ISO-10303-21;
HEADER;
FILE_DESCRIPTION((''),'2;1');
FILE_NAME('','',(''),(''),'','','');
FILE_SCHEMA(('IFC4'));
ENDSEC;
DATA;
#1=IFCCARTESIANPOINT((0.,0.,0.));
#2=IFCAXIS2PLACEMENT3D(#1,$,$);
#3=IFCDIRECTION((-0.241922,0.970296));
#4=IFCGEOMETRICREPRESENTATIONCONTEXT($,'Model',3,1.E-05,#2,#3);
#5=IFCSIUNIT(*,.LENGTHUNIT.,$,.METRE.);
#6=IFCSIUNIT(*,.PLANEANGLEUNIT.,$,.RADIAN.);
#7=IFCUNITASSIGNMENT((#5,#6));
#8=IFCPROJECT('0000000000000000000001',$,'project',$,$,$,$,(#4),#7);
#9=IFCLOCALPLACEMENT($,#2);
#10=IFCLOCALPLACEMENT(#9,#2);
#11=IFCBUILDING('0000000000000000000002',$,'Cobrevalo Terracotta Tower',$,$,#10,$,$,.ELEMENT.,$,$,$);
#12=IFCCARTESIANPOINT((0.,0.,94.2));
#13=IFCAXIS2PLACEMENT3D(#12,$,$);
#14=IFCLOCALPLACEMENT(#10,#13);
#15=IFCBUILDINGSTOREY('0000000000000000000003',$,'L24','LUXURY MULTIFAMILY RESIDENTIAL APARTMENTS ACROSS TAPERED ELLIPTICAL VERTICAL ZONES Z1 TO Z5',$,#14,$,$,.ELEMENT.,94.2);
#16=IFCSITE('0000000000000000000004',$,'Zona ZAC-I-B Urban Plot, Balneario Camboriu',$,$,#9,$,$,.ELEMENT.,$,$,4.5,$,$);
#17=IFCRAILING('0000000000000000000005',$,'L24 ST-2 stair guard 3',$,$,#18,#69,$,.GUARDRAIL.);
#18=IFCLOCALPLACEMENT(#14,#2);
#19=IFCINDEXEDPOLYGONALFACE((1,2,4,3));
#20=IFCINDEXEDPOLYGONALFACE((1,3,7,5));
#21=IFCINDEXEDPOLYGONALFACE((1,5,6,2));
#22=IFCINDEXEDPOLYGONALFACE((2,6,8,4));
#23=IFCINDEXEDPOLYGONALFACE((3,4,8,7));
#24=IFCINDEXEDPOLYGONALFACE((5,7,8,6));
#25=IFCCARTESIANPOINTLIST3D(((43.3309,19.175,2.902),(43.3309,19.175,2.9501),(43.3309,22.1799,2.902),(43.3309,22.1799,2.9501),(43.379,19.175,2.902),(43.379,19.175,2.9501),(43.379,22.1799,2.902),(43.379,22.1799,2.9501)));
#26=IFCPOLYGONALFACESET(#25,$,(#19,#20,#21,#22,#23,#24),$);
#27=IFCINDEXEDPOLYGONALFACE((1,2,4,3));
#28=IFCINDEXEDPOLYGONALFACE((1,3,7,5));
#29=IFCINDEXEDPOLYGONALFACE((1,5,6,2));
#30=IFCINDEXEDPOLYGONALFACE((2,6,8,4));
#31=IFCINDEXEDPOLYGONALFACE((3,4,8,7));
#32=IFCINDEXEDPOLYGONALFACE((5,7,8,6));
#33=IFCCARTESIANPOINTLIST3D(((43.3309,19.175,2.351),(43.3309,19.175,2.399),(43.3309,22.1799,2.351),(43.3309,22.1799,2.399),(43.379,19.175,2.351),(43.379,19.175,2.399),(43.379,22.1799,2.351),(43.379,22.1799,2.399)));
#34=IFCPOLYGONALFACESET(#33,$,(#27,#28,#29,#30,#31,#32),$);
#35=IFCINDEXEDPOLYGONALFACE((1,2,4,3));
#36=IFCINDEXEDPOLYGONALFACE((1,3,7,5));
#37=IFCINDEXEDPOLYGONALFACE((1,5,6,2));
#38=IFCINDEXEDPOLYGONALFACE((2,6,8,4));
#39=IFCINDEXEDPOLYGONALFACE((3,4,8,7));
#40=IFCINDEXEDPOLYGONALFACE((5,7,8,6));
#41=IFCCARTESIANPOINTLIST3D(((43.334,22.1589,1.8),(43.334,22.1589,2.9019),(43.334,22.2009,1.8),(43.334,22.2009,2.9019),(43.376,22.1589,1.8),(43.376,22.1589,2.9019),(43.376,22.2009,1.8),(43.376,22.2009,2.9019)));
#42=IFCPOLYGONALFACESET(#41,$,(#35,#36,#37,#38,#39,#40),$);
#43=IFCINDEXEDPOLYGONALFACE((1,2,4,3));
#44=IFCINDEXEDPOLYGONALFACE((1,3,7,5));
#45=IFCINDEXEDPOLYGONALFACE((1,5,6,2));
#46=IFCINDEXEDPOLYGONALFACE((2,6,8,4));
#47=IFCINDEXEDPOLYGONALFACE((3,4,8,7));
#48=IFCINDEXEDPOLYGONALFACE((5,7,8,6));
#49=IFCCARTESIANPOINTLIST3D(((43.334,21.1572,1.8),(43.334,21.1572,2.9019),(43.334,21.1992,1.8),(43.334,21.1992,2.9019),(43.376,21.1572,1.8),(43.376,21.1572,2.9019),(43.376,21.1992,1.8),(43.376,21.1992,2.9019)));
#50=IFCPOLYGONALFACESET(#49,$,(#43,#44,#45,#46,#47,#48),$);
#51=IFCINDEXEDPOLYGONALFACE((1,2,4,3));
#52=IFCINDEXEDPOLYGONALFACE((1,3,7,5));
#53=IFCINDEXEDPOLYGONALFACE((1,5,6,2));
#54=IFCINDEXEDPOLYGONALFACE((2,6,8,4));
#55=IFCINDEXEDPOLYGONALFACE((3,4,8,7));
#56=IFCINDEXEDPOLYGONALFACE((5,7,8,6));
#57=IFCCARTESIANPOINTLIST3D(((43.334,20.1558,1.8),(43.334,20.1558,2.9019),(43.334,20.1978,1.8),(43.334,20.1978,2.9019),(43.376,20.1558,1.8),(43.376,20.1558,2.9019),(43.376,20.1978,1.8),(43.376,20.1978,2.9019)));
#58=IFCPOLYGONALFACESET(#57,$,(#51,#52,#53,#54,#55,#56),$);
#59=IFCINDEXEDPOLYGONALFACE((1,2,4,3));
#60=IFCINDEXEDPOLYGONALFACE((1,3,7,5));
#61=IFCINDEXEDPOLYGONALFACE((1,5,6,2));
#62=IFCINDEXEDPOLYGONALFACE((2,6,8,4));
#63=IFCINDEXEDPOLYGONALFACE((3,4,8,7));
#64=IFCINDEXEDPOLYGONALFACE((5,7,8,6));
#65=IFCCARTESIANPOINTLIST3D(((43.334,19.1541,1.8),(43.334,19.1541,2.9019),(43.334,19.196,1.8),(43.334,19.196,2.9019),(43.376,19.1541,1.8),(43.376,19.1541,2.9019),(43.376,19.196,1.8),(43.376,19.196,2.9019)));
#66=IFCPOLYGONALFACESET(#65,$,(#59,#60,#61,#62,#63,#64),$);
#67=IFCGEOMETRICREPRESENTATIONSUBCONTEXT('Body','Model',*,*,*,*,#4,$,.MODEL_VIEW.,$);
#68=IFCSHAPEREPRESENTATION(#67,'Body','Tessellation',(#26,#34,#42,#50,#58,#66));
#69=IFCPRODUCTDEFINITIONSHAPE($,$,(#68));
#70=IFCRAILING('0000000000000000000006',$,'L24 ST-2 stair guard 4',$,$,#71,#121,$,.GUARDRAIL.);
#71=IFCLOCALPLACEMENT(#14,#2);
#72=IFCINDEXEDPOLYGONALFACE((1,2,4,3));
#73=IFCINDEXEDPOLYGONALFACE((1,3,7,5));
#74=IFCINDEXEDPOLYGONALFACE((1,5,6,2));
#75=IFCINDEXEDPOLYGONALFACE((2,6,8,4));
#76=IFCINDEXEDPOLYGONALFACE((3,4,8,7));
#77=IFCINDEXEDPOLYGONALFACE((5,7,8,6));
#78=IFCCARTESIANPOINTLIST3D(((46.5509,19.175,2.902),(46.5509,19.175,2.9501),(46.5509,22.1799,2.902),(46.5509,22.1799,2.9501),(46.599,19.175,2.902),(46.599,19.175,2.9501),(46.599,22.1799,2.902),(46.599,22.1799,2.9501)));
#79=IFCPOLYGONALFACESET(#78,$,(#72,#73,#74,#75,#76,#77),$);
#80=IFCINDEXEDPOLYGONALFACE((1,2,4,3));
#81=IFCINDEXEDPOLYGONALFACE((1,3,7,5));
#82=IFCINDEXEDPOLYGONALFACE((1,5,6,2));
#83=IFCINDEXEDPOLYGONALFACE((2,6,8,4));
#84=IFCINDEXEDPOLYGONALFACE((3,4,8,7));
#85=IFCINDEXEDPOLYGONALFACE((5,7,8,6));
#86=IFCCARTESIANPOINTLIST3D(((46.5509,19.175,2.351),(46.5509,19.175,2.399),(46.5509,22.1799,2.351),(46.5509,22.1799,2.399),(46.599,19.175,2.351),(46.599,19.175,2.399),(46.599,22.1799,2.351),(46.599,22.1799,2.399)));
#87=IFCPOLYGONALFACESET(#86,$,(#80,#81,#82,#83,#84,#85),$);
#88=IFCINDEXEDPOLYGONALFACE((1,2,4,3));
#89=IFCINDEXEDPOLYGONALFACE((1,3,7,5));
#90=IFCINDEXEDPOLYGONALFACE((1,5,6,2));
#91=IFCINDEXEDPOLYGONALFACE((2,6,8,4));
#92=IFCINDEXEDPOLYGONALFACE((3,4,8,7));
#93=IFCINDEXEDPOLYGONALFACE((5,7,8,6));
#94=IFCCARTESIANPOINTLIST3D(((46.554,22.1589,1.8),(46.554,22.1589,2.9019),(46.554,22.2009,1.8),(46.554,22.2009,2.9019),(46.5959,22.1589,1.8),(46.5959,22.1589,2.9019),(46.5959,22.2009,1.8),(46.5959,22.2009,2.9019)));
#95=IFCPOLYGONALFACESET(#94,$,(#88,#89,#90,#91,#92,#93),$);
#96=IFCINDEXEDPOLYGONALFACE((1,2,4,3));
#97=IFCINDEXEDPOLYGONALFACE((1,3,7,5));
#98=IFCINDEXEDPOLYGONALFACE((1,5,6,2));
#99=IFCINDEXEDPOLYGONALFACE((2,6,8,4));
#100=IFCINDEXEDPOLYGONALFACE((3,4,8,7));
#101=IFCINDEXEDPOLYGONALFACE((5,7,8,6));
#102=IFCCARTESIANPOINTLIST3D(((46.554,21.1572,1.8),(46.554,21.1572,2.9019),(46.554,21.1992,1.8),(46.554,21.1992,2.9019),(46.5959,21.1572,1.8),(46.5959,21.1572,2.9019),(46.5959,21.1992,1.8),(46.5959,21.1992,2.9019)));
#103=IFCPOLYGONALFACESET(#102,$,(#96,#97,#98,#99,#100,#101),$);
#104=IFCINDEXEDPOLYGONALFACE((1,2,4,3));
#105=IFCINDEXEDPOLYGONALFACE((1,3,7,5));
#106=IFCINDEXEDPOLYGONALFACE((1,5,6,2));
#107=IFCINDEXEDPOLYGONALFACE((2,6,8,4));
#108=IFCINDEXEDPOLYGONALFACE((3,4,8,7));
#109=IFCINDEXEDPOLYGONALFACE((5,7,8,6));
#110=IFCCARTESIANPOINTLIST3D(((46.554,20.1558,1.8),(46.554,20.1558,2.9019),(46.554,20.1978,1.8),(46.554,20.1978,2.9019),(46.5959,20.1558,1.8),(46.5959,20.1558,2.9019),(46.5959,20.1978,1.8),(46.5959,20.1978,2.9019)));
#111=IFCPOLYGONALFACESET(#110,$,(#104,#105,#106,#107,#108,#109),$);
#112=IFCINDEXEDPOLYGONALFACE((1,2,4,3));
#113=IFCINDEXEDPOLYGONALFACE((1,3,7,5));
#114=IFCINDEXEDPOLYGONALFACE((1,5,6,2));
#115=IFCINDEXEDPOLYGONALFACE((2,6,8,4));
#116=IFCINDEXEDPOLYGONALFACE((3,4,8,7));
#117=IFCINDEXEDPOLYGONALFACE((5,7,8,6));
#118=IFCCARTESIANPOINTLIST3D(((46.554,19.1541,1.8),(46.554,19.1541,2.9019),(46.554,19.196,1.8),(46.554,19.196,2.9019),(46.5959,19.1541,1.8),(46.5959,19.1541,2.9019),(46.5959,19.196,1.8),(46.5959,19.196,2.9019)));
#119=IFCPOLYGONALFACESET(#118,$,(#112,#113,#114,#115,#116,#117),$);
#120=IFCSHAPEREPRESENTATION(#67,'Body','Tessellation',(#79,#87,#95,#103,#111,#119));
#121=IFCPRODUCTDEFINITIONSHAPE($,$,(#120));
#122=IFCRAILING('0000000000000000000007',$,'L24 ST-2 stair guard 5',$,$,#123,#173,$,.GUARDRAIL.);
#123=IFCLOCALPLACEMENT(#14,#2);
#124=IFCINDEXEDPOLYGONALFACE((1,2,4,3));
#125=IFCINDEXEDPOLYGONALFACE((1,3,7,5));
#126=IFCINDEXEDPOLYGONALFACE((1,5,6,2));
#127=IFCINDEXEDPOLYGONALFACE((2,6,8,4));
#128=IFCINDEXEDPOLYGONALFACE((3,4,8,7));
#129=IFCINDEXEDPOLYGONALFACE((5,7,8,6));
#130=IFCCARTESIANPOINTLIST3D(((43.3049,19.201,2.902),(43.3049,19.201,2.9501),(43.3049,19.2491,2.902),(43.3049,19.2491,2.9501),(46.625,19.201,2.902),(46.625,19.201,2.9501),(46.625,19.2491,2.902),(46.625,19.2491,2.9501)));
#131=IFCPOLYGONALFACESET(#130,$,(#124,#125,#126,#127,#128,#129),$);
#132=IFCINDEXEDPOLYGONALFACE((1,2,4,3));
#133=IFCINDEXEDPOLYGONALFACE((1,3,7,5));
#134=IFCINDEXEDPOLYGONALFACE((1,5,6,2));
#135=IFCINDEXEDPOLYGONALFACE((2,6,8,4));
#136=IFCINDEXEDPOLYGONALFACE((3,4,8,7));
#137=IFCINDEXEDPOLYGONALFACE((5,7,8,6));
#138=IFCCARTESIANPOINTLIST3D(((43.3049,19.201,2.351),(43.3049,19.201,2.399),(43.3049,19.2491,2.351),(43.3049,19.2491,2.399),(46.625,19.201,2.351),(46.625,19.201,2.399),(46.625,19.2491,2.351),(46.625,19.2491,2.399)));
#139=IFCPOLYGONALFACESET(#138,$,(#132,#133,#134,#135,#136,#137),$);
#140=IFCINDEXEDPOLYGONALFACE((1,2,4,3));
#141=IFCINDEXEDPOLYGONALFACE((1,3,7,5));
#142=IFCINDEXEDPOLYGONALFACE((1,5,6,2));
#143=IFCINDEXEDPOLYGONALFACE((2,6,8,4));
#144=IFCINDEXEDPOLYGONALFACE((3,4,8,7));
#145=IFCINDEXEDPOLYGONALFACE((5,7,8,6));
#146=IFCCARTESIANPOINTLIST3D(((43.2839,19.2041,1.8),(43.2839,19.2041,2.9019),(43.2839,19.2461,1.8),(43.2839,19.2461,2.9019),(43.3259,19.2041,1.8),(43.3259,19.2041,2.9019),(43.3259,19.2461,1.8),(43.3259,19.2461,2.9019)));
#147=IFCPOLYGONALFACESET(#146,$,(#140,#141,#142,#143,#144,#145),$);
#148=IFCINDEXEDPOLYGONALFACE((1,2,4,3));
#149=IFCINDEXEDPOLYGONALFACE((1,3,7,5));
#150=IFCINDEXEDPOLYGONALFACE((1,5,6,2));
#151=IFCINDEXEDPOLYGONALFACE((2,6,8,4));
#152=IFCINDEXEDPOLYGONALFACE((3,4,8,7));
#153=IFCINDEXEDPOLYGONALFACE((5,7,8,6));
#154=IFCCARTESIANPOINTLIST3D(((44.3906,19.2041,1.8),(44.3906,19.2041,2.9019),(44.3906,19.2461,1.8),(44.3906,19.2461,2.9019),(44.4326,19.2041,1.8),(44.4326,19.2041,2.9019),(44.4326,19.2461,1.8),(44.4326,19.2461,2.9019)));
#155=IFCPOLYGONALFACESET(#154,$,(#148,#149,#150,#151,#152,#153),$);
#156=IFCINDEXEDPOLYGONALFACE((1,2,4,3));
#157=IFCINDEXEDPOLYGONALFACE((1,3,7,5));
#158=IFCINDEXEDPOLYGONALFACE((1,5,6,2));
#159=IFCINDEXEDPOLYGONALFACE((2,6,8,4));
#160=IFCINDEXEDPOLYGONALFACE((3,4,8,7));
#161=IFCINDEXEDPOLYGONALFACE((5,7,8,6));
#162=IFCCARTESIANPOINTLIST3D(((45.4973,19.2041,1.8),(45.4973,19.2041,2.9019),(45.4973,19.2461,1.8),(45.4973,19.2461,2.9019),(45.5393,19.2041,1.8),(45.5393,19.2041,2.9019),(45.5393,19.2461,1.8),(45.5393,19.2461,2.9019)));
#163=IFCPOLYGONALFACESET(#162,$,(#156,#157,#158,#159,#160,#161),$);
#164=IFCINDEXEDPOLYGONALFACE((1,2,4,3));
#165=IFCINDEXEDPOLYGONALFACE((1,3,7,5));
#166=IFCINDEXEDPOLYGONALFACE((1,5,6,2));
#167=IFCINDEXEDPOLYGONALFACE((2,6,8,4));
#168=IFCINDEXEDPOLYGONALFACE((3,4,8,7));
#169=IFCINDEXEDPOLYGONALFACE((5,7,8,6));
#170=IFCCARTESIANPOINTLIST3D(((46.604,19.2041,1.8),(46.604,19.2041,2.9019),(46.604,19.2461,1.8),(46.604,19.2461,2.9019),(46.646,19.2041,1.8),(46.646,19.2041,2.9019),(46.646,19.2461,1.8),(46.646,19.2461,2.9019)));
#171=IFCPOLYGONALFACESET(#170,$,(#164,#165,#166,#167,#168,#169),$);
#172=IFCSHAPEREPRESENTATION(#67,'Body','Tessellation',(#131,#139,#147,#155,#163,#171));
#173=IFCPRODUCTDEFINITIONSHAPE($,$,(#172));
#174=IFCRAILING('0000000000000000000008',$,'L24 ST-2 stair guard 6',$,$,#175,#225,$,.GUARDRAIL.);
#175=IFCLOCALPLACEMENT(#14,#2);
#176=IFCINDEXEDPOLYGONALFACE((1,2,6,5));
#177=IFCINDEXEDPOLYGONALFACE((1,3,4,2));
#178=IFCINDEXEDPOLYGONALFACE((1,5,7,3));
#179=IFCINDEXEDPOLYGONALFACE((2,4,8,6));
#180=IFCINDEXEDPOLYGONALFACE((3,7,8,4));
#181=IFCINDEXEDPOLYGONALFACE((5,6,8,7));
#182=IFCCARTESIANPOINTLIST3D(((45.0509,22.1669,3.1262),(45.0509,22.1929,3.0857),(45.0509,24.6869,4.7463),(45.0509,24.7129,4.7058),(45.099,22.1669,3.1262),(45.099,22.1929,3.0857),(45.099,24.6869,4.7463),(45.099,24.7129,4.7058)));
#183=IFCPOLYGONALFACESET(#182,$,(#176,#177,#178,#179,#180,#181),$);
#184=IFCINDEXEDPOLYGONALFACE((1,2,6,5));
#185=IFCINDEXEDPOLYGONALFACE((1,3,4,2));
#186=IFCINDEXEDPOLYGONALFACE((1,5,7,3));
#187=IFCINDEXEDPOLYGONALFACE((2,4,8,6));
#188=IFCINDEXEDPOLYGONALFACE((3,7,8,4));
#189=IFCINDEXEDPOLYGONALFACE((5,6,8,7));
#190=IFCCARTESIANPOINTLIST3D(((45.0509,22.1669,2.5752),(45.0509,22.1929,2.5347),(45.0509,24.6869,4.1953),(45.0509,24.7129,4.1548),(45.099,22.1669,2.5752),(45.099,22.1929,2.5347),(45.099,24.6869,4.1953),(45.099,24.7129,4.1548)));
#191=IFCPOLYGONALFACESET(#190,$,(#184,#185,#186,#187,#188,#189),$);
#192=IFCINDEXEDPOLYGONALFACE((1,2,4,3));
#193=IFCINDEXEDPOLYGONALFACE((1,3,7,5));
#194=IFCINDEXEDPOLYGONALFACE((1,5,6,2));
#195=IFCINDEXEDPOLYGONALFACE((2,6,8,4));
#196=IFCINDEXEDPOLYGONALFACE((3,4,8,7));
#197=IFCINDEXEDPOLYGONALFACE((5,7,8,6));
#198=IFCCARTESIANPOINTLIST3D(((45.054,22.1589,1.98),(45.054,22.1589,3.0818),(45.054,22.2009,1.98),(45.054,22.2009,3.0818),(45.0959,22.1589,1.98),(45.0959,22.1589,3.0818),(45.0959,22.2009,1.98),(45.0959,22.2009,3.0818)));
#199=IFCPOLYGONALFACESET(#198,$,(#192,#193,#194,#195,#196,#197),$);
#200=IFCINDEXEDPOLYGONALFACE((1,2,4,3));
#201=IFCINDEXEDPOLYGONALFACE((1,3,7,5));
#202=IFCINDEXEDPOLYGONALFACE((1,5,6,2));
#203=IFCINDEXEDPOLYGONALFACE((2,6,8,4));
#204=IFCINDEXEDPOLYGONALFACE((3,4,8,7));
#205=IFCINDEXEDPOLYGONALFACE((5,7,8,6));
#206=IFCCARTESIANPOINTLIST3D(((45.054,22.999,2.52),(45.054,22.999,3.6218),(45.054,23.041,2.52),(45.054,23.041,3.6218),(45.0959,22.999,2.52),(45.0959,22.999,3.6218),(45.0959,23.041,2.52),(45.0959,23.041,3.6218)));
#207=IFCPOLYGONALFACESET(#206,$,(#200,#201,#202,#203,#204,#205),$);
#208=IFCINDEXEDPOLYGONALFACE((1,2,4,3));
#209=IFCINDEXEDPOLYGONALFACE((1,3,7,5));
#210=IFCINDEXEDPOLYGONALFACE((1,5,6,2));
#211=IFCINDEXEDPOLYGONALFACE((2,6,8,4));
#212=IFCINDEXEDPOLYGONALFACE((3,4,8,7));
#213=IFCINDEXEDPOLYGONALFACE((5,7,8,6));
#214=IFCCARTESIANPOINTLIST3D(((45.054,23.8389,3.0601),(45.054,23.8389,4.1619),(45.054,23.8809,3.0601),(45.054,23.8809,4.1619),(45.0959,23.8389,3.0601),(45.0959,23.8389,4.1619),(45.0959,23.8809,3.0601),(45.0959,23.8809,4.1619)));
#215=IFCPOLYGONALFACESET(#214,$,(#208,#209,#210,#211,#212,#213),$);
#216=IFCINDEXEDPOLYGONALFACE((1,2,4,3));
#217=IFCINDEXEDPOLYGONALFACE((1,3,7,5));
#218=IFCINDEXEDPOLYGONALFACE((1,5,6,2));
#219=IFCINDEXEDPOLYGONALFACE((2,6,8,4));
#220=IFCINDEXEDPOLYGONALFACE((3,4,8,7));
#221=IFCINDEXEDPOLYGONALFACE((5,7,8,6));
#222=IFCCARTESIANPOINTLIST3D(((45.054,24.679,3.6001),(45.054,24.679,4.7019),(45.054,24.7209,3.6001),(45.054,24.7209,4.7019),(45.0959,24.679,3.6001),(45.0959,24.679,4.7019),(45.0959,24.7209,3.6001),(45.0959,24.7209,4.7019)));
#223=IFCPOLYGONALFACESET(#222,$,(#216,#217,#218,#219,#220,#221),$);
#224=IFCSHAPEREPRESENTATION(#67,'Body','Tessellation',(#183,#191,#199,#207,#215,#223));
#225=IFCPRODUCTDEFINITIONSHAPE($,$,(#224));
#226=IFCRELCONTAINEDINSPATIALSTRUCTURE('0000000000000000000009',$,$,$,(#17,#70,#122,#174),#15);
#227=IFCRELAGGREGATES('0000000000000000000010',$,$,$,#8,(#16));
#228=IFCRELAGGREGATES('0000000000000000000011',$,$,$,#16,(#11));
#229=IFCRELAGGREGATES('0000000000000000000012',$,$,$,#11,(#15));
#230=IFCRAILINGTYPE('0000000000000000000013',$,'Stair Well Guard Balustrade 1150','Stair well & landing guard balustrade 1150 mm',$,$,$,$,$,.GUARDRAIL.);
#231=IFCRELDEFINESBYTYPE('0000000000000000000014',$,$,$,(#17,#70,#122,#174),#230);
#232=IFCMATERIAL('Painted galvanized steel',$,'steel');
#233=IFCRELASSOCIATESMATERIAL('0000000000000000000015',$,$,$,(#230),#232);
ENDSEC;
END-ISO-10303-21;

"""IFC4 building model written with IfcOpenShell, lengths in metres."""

from ifc_helpers import new_model, si_unit, direction, frame, origin, origin_2d, place, context, subcontext, project, spatial, rectangle, extrude, material, type_object, element, save


model = new_model("IFC4")

# Units and contexts
model_context = context("Model", 3, precision=1e-05, world=origin(), true_north=direction((-0.241922, 0.970296)))
body_context = subcontext(model_context, "Body", "Model", "MODEL_VIEW")
ifc_project = project(units=[si_unit("LENGTHUNIT", "METRE"), si_unit("PLANEANGLEUNIT", "RADIAN")], contexts=[model_context])

# Site, building, storey
site_placement = place(None, origin())
site = spatial("IfcSite", under=ifc_project, at=site_placement, Name="Zona ZAC-I-B Urban Plot, Balneario Camboriu", CompositionType="ELEMENT", RefElevation=4.5)
building_placement = place(site_placement, origin())
building = spatial("IfcBuilding", under=site, at=building_placement, Name="Cobrevalo Terracotta Tower", CompositionType="ELEMENT")
storey_placement = place(building_placement, frame((0.0, 0.0, 94.2)))
storey = spatial("IfcBuildingStorey", under=building, at=storey_placement, Name="L24", Description="LUXURY MULTIFAMILY RESIDENTIAL APARTMENTS ACROSS TAPERED ELLIPTICAL VERTICAL ZONES Z1 TO Z5", CompositionType="ELEMENT", Elevation=94.2)

# Railings
ifc_material_1 = material(Name="Painted galvanized steel", Category="steel")
railing_type_1 = type_object("IfcRailingType", Name="Stair Well Guard Balustrade 1150", Description="Stair well & landing guard balustrade 1150 mm", PredefinedType="GUARDRAIL", material=ifc_material_1)
for number, where, name in (
    (1, (43.355, 22.1799, 1.8), "L24 ST-2 stair guard 3"),
    (2, (46.575, 22.1799, 1.8), "L24 ST-2 stair guard 4"),
):
    element("IfcRailing", number, at=place(storey_placement, frame(where)), inside=storey, type_object=railing_type_1, Name=name, PredefinedType="GUARDRAIL", context=body_context, shape_type="SweptSolid", body=[
        extrude(rectangle(XDim=0.0481, YDim=0.0481, at=origin_2d()), frame((0.0, 0.0, 1.126), z_axis=(0.0, -1.0, 0.0), x_axis=(1.0, 0.0, 0.0)), (0.0, 0.0, 1.0), 3.0049),
        extrude(rectangle(XDim=0.0481, YDim=0.0481, at=origin_2d()), frame((0.0, 0.0, 0.575), z_axis=(0.0, -1.0, 0.0), x_axis=(1.0, 0.0, 0.0)), (0.0, 0.0, 1.0), 3.0049),
        extrude(rectangle(XDim=0.042, YDim=0.042, at=origin_2d()), origin(), (0.0, 0.0, 1.0), 1.1018),
        extrude(rectangle(XDim=0.042, YDim=0.042, at=origin_2d()), frame((0.0, -1.0017, 0.0)), (0.0, 0.0, 1.0), 1.1018),
        extrude(rectangle(XDim=0.042, YDim=0.042, at=origin_2d()), frame((0.0, -2.0032, 0.0)), (0.0, 0.0, 1.0), 1.1018),
        extrude(rectangle(XDim=0.042, YDim=0.042, at=origin_2d()), frame((0.0, -3.0049, 0.0)), (0.0, 0.0, 1.0), 1.1018),
    ])
railing_1_placement = place(storey_placement, frame((43.3049, 19.2251, 1.8)))
element("IfcRailing", 3, at=railing_1_placement, inside=storey, type_object=railing_type_1, Name="L24 ST-2 stair guard 5", PredefinedType="GUARDRAIL", context=body_context, shape_type="SweptSolid", body=[
    extrude(rectangle(XDim=0.0481, YDim=0.0481, at=origin_2d()), frame((0.0, 0.0, 1.126), z_axis=(1.0, 0.0, 0.0), x_axis=(0.0, 1.0, 0.0)), (0.0, 0.0, 1.0), 3.3201),
    extrude(rectangle(XDim=0.0481, YDim=0.0481, at=origin_2d()), frame((0.0, 0.0, 0.575), z_axis=(1.0, 0.0, 0.0), x_axis=(0.0, 1.0, 0.0)), (0.0, 0.0, 1.0), 3.3201),
    extrude(rectangle(XDim=0.042, YDim=0.042, at=origin_2d()), origin(), (0.0, 0.0, 1.0), 1.1018),
    extrude(rectangle(XDim=0.042, YDim=0.042, at=origin_2d()), frame((1.1067, 0.0, 0.0)), (0.0, 0.0, 1.0), 1.1018),
    extrude(rectangle(XDim=0.042, YDim=0.042, at=origin_2d()), frame((2.2134, 0.0, 0.0)), (0.0, 0.0, 1.0), 1.1018),
    extrude(rectangle(XDim=0.042, YDim=0.042, at=origin_2d()), frame((3.3201, 0.0, 0.0)), (0.0, 0.0, 1.0), 1.1018),
])
railing_2_placement = place(storey_placement, frame((45.075, 22.1799, 1.98)))
element("IfcRailing", 4, at=railing_2_placement, inside=storey, type_object=railing_type_1, Name="L24 ST-2 stair guard 6", PredefinedType="GUARDRAIL", context=body_context, shape_type="SweptSolid", body=[
    extrude(rectangle(XDim=0.0481, YDim=0.0481, at=origin_2d()), frame((0.0, 0.0, 1.126), z_axis=(0.0, 0.841163, 0.540782), x_axis=(-1.0, 0.0, 0.0)), (0.0, 0.0, 1.0), 2.9958),
    extrude(rectangle(XDim=0.0481, YDim=0.0481, at=origin_2d()), frame((0.0, 0.0, 0.575), z_axis=(0.0, 0.841163, 0.540782), x_axis=(-1.0, 0.0, 0.0)), (0.0, 0.0, 1.0), 2.9958),
    extrude(rectangle(XDim=0.042, YDim=0.042, at=origin_2d()), origin(), (0.0, 0.0, 1.0), 1.1018),
    extrude(rectangle(XDim=0.042, YDim=0.042, at=origin_2d()), frame((0.0, 0.8401, 0.54)), (0.0, 0.0, 1.0), 1.1018),
    extrude(rectangle(XDim=0.042, YDim=0.042, at=origin_2d()), frame((0.0, 1.6799, 1.0801)), (0.0, 0.0, 1.0), 1.1018),
    extrude(rectangle(XDim=0.042, YDim=0.042, at=origin_2d()), frame((0.0, 2.52, 1.6201)), (0.0, 0.0, 1.0), 1.1018),
])

save(model, "model.ifc")
